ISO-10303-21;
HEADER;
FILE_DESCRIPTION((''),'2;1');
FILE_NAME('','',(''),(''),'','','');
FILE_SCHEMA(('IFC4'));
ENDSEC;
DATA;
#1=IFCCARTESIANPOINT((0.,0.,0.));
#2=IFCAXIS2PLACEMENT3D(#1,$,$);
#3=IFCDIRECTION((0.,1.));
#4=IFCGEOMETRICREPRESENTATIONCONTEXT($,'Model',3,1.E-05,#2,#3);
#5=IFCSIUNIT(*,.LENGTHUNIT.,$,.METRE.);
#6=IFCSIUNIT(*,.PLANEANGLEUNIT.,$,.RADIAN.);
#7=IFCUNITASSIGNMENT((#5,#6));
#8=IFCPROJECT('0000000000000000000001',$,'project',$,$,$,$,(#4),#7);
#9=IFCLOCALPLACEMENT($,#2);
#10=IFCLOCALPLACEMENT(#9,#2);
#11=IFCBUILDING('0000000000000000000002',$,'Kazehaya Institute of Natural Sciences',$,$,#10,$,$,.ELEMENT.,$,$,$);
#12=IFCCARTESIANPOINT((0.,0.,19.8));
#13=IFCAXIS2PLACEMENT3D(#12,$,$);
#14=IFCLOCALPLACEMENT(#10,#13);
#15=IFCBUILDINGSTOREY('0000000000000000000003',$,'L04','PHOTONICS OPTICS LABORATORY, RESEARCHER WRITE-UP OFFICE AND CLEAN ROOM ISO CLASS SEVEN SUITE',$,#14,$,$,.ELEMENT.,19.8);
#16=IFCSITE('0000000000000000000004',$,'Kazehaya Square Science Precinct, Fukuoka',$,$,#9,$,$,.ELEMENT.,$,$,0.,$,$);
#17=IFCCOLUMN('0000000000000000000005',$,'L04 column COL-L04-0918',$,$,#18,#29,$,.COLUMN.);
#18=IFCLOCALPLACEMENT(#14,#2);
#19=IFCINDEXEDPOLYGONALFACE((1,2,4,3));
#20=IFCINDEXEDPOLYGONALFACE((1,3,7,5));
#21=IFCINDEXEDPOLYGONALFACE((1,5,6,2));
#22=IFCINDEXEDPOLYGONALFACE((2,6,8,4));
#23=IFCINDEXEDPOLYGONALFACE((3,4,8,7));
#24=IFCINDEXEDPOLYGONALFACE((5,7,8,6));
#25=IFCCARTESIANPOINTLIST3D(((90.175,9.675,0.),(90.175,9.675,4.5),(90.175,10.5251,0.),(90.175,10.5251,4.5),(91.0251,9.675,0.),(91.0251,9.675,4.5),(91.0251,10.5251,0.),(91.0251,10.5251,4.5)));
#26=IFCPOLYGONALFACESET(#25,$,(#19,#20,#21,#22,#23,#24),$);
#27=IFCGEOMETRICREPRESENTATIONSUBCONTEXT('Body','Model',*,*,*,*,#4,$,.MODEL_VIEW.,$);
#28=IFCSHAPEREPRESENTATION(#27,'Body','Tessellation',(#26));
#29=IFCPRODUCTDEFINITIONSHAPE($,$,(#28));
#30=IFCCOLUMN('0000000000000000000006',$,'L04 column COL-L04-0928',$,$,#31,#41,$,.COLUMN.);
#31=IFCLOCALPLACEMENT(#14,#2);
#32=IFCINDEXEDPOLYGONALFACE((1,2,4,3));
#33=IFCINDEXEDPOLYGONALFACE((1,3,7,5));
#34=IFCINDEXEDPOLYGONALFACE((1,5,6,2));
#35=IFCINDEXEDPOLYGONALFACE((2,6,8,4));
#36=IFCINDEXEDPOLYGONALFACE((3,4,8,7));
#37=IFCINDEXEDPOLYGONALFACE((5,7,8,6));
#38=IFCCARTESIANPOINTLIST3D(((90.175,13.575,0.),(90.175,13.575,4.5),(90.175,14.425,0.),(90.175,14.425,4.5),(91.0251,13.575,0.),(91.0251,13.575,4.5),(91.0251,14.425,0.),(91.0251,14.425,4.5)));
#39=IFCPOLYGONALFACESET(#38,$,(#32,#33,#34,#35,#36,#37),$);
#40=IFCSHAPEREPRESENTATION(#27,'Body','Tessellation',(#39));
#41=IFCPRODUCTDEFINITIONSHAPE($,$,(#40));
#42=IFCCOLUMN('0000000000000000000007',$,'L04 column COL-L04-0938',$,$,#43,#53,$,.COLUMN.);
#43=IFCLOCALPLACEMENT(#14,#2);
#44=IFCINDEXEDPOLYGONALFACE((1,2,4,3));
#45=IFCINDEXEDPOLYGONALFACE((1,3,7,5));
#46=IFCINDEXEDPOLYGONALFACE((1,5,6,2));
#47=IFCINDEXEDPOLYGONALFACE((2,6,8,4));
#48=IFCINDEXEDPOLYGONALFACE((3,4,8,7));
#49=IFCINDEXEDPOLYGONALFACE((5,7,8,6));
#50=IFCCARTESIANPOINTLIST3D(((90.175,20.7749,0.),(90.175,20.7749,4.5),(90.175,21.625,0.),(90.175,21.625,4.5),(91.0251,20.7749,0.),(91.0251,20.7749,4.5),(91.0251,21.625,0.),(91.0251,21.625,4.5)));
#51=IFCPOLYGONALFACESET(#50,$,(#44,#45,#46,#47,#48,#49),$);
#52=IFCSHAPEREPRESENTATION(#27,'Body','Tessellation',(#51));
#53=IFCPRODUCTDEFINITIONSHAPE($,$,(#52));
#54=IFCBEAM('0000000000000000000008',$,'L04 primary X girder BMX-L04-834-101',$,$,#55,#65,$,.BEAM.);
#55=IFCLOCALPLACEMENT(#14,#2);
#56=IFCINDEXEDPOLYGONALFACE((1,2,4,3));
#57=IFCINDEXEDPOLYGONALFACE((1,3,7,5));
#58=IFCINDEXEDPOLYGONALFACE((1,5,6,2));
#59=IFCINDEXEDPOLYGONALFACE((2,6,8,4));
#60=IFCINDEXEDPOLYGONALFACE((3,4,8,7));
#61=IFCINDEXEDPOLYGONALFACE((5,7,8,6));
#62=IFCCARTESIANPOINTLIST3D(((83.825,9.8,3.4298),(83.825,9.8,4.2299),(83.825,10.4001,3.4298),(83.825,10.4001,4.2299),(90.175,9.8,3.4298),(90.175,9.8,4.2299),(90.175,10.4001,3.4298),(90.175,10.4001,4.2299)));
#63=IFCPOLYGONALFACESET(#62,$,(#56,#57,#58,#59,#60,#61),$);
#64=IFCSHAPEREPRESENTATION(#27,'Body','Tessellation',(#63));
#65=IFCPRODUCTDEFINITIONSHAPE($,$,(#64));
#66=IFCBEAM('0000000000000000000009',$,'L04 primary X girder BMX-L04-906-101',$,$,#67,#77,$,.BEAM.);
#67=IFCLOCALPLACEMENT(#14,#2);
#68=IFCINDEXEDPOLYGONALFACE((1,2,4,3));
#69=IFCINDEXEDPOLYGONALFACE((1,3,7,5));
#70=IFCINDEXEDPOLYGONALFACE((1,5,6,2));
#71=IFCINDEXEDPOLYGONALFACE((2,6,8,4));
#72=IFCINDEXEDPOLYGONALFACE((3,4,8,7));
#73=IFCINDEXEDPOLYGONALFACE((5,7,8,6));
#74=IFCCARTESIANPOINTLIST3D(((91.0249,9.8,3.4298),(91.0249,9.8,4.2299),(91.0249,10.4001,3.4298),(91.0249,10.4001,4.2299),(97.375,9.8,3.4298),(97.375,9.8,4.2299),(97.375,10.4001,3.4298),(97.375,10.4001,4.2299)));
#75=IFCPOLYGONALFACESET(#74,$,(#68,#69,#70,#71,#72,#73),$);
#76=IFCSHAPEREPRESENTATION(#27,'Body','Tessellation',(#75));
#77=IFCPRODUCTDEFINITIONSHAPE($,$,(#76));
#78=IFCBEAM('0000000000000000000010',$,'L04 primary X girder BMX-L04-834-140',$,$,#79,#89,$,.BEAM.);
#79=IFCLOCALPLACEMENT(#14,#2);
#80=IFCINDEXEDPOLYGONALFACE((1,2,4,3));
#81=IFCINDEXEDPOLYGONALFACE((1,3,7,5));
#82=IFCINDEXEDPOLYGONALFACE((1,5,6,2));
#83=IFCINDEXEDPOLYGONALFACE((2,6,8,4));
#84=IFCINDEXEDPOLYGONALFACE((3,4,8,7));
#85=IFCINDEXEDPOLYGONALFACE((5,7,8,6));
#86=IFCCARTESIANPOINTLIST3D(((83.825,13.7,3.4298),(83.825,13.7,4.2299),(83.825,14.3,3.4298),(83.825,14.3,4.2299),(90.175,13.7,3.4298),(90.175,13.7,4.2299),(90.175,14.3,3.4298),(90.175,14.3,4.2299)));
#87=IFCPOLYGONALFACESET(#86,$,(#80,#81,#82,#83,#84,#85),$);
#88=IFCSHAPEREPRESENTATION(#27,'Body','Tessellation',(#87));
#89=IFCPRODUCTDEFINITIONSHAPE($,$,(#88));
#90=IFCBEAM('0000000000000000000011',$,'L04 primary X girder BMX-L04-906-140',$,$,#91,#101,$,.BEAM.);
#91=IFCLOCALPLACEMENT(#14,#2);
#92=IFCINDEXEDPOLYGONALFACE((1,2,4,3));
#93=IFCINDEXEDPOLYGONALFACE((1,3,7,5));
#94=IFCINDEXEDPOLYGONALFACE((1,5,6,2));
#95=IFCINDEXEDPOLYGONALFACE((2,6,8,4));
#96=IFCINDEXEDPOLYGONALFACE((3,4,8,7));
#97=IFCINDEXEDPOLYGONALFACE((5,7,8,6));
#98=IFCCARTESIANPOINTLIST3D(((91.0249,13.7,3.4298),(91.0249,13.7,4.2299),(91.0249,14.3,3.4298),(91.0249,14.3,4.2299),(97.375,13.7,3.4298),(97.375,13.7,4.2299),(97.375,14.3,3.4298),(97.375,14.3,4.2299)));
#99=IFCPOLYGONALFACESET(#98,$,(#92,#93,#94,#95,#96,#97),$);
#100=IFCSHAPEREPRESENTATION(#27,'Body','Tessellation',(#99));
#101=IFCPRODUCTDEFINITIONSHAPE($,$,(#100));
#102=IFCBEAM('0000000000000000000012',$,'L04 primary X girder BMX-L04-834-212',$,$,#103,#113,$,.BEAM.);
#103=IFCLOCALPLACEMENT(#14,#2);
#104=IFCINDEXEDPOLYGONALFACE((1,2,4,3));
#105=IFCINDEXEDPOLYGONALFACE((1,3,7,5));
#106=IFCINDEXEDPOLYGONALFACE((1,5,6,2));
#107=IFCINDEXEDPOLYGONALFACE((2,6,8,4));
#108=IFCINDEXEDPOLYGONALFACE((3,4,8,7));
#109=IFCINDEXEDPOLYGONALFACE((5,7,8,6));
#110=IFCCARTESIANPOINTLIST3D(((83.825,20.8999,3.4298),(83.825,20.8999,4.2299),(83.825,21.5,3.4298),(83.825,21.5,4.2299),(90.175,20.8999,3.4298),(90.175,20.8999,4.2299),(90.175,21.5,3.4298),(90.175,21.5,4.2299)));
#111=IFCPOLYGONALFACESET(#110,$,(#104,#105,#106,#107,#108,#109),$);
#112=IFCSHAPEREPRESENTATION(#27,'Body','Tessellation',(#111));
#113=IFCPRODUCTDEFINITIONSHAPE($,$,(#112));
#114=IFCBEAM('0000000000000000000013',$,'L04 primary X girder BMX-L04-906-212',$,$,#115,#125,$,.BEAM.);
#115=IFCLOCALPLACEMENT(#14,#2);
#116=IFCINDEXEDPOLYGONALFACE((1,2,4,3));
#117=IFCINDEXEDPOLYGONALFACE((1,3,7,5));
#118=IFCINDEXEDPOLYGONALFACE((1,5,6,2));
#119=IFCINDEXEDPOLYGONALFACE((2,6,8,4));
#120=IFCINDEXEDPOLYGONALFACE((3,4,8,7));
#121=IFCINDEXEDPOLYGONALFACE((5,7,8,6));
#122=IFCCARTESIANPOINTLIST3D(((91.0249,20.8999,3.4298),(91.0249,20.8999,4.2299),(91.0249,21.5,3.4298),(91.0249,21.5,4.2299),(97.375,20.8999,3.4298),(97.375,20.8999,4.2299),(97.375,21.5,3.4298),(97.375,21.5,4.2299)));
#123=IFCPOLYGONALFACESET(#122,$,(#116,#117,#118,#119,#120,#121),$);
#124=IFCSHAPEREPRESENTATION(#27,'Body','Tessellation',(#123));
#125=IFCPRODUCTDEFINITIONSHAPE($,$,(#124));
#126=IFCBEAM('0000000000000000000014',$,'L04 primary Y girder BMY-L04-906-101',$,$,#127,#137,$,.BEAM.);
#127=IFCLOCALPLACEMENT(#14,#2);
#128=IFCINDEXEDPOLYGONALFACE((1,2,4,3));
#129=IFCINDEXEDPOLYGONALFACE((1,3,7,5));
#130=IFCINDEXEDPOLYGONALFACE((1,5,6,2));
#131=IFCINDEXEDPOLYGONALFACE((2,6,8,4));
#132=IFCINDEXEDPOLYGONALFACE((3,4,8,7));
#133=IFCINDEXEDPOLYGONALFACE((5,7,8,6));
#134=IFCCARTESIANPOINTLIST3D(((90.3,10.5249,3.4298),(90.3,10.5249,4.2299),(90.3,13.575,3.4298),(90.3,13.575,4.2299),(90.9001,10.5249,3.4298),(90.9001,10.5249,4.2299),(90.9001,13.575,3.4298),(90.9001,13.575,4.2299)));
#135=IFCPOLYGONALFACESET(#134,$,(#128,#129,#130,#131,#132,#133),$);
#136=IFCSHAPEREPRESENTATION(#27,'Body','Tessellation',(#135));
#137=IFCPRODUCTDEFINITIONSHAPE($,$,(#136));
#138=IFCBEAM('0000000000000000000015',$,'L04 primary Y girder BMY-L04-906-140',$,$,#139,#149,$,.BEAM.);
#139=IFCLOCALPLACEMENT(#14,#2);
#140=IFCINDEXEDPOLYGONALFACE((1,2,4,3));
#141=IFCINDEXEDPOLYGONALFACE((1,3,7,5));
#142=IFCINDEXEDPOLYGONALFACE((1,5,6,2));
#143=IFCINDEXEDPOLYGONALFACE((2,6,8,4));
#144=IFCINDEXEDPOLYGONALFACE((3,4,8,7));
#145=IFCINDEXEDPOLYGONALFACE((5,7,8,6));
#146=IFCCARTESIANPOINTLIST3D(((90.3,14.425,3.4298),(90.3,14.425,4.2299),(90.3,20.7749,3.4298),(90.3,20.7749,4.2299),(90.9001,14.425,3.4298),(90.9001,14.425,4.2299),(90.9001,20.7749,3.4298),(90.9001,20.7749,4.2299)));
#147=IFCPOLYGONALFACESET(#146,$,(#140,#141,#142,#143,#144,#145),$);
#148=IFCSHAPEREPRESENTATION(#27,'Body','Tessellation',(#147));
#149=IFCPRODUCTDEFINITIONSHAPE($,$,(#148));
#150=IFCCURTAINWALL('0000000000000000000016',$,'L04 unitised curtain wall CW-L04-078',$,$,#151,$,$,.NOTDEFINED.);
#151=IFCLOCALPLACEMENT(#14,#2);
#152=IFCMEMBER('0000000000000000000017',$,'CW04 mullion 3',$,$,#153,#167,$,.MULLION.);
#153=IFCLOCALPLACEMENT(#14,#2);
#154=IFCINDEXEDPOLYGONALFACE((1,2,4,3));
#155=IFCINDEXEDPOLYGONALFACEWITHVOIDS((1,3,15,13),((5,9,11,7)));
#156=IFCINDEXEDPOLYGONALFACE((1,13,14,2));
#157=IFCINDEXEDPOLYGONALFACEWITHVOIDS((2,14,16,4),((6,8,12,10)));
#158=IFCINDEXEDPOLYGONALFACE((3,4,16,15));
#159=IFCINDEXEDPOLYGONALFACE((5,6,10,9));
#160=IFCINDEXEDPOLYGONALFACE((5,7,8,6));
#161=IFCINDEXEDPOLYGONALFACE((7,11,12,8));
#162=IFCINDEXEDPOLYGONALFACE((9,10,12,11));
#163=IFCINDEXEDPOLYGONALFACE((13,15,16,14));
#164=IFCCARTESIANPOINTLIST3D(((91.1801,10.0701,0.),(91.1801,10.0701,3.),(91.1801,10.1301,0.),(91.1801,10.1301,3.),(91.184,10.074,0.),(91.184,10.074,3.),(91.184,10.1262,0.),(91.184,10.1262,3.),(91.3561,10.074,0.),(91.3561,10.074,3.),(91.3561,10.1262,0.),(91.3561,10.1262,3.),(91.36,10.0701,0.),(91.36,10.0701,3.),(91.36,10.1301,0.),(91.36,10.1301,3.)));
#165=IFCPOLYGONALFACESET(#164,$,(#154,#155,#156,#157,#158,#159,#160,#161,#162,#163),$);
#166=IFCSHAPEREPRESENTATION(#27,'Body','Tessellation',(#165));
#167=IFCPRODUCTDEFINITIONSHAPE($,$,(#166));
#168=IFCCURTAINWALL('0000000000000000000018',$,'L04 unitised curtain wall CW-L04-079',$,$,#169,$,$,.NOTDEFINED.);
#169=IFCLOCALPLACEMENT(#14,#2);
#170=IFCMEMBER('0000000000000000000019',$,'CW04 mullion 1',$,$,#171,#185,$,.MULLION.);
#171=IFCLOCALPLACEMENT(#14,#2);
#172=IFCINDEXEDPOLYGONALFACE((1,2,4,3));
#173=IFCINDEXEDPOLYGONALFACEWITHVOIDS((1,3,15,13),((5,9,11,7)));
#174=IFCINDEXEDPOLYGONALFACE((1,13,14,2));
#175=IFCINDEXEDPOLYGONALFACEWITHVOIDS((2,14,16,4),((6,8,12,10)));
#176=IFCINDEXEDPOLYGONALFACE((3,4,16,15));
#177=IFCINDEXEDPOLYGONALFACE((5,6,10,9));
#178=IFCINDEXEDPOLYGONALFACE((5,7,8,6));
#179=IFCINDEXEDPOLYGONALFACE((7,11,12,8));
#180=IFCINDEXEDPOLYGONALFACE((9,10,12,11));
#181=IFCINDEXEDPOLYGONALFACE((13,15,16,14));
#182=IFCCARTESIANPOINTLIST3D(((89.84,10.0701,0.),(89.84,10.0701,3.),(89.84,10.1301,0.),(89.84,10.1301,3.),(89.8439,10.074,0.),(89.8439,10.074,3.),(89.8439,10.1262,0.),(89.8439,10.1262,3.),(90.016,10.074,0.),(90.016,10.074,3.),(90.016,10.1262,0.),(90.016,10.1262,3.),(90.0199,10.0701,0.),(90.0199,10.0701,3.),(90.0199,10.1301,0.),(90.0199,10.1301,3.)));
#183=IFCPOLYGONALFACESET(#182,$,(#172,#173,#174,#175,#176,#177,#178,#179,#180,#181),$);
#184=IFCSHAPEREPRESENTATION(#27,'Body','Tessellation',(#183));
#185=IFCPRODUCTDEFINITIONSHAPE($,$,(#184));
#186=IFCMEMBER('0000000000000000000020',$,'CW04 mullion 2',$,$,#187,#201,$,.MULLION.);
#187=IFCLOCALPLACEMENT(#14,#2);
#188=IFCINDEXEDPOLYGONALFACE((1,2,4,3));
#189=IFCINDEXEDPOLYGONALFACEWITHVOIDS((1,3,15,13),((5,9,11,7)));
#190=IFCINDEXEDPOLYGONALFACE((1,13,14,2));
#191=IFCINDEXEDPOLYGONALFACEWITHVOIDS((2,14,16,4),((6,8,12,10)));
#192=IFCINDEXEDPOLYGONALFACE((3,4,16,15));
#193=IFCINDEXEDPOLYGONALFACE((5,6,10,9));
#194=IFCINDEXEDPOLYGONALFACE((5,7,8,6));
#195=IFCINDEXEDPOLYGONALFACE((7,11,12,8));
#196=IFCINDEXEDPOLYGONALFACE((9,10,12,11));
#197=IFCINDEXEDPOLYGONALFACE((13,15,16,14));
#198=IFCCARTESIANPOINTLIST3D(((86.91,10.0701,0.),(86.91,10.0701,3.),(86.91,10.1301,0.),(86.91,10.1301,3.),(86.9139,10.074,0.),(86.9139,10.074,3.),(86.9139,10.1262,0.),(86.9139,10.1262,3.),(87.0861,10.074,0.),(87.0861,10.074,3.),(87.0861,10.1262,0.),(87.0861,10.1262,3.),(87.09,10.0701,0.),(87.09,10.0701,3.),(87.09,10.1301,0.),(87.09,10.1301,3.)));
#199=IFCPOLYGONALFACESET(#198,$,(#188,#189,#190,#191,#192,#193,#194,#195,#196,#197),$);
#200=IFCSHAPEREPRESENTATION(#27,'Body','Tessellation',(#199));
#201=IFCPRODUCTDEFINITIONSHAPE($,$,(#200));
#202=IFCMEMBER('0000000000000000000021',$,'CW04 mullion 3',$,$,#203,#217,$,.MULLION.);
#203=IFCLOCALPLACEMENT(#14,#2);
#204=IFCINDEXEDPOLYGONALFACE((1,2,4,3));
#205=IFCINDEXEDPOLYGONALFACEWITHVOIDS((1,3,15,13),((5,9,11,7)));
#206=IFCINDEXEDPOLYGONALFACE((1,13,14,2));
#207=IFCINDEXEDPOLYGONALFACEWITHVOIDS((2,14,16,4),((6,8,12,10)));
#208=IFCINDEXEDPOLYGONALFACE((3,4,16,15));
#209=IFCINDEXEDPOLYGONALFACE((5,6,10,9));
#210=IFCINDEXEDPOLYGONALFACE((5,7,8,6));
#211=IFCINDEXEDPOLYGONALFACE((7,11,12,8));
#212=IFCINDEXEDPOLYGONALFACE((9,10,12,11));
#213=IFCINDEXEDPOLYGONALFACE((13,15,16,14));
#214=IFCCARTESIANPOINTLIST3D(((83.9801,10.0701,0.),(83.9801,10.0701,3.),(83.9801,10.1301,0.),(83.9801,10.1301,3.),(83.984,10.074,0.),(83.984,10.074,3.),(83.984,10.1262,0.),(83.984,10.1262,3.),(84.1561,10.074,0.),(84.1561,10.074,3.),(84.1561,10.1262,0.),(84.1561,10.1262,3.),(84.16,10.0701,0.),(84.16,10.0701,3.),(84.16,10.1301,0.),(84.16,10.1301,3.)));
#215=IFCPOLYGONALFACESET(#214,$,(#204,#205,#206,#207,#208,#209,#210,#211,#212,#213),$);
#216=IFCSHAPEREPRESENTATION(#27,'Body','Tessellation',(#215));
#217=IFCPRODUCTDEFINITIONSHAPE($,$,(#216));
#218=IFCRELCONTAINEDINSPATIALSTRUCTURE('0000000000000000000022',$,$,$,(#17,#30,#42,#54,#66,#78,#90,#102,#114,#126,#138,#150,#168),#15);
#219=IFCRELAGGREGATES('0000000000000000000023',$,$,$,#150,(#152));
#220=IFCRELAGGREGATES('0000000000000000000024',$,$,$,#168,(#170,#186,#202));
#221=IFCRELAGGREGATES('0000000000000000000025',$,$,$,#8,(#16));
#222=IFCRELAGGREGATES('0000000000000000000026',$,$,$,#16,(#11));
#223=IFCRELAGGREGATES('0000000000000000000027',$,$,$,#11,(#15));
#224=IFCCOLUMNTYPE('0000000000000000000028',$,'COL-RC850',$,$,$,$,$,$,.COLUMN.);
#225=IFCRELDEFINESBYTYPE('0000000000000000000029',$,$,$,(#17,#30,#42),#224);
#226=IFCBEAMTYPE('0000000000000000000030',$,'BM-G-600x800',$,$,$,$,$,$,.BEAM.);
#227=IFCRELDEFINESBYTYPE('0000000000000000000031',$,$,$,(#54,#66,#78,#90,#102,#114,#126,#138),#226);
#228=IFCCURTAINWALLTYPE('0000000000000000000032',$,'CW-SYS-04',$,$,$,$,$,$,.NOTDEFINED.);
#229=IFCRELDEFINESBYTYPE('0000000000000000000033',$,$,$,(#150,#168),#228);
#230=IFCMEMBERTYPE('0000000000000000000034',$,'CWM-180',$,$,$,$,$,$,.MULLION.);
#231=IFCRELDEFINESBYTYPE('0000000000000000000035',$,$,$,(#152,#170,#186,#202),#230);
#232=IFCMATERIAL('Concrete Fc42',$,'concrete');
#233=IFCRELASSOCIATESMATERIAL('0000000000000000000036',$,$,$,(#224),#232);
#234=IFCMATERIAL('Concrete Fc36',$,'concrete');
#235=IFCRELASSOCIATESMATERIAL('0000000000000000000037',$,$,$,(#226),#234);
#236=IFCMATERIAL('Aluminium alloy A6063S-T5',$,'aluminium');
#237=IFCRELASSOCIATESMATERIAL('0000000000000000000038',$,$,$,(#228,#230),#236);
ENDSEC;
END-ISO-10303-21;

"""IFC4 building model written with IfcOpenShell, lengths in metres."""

from ifc_helpers import new_model, si_unit, direction, frame, origin, origin_2d, place, context, subcontext, project, spatial, rectangle, hollow_rectangle, extrude, material, material_profile, profile_set, type_object, element, aggregate, save


model = new_model("IFC4")

# Units and contexts
model_context = context("Model", 3, precision=1e-05, world=origin(), true_north=direction((0.0, 1.0)))
body_context = subcontext(model_context, "Body", "Model", "MODEL_VIEW")
ifc_project = project(units=[si_unit("LENGTHUNIT", "METRE"), si_unit("PLANEANGLEUNIT", "RADIAN")], contexts=[model_context])

# Site, building, storey
site_placement = place(None, origin())
site = spatial("IfcSite", under=ifc_project, at=site_placement, Name="Kazehaya Square Science Precinct, Fukuoka", CompositionType="ELEMENT", RefElevation=0.0)
building_placement = place(site_placement, origin())
building = spatial("IfcBuilding", under=site, at=building_placement, Name="Kazehaya Institute of Natural Sciences", CompositionType="ELEMENT")
storey_placement = place(building_placement, frame((0.0, 0.0, 19.8)))
storey = spatial("IfcBuildingStorey", under=building, at=storey_placement, Name="L04", Description="PHOTONICS OPTICS LABORATORY, RESEARCHER WRITE-UP OFFICE AND CLEAN ROOM ISO CLASS SEVEN SUITE", CompositionType="ELEMENT", Elevation=19.8)

# Columns
ifc_material_1 = material(Name="Concrete Fc42", Category="concrete")
ifc_material_profile_1 = material_profile(ifc_material_1, rectangle(XDim=0.8501, YDim=0.8501, at=origin_2d()), Name="RC-850x850")
ifc_profile_set_1 = profile_set([ifc_material_profile_1], Name="Concrete Fc42")
column_type = type_object("IfcColumnType", Name="COL-RC850", PredefinedType="COLUMN", material=ifc_profile_set_1)
for number, where, z_axis, x_axis, name in (
    (1, (90.6001, 10.1001, 0.0), (0.0, 0.0, 1.0), (1.0, 0.0, 0.0), "L04 column COL-L04-0918"),
    (2, (90.6001, 14.0, 0.0), (0.0, 0.0, 1.0), (1.0, 0.0, 0.0), "L04 column COL-L04-0928"),
    (3, (90.6001, 21.2, 0.0), (0.0, 0.0, 1.0), (1.0, 0.0, 0.0), "L04 column COL-L04-0938"),
):
    element("IfcColumn", number, at=place(storey_placement, frame(where, z_axis=z_axis, x_axis=x_axis)), inside=storey, type_object=column_type, Name=name, PredefinedType="COLUMN", context=body_context, shape_type="SweptSolid", body=[
        extrude(rectangle(XDim=0.8501, YDim=0.8501, at=origin_2d()), origin(), (0.0, 0.0, 1.0), 4.5),
    ])

# Beams
ifc_material_2 = material(Name="Concrete Fc36", Category="concrete")
ifc_material_profile_2 = material_profile(ifc_material_2, rectangle(XDim=0.6001, YDim=0.8, at=origin_2d()), Name="RC-600x800")
ifc_profile_set_2 = profile_set([ifc_material_profile_2], Name="Concrete Fc36")
beam_type = type_object("IfcBeamType", Name="BM-G-600x800", PredefinedType="BEAM", material=ifc_profile_set_2)
for number, where, z_axis, x_axis, name in (
    (4, (83.825, 10.1001, 3.8298), (1.0, 0.0, 0.0), (0.0, 1.0, 0.0), "L04 primary X girder BMX-L04-834-101"),
    (5, (91.0249, 10.1001, 3.8298), (1.0, 0.0, 0.0), (0.0, 1.0, 0.0), "L04 primary X girder BMX-L04-906-101"),
    (6, (83.825, 14.0, 3.8298), (1.0, 0.0, 0.0), (0.0, 1.0, 0.0), "L04 primary X girder BMX-L04-834-140"),
    (7, (91.0249, 14.0, 3.8298), (1.0, 0.0, 0.0), (0.0, 1.0, 0.0), "L04 primary X girder BMX-L04-906-140"),
    (8, (83.825, 21.2, 3.8298), (1.0, 0.0, 0.0), (0.0, 1.0, 0.0), "L04 primary X girder BMX-L04-834-212"),
    (9, (91.0249, 21.2, 3.8298), (1.0, 0.0, 0.0), (0.0, 1.0, 0.0), "L04 primary X girder BMX-L04-906-212"),
):
    element("IfcBeam", number, at=place(storey_placement, frame(where, z_axis=z_axis, x_axis=x_axis)), inside=storey, type_object=beam_type, Name=name, PredefinedType="BEAM", context=body_context, shape_type="SweptSolid", body=[
        extrude(rectangle(XDim=0.6001, YDim=0.8, at=origin_2d()), origin(), (0.0, 0.0, 1.0), 6.3501),
    ])
beam_1_placement = place(storey_placement, frame((90.6001, 10.5249, 3.8298), z_axis=(0.0, 1.0, 0.0), x_axis=(-1.0, 0.0, 0.0)))
element("IfcBeam", 10, at=beam_1_placement, inside=storey, type_object=beam_type, Name="L04 primary Y girder BMY-L04-906-101", PredefinedType="BEAM", context=body_context, shape_type="SweptSolid", body=[
    extrude(rectangle(XDim=0.6001, YDim=0.8, at=origin_2d()), origin(), (0.0, 0.0, 1.0), 3.05),
])
beam_2_placement = place(storey_placement, frame((90.6001, 14.425, 3.8298), z_axis=(0.0, 1.0, 0.0), x_axis=(-1.0, 0.0, 0.0)))
element("IfcBeam", 11, at=beam_2_placement, inside=storey, type_object=beam_type, Name="L04 primary Y girder BMY-L04-906-140", PredefinedType="BEAM", context=body_context, shape_type="SweptSolid", body=[
    extrude(rectangle(XDim=0.6001, YDim=0.8, at=origin_2d()), origin(), (0.0, 0.0, 1.0), 6.3499),
])

# Curtain wall, member
ifc_material_3 = material(Name="Aluminium alloy A6063S-T5", Category="aluminium")
curtain_wall_type = type_object("IfcCurtainWallType", Name="CW-SYS-04", PredefinedType="NOTDEFINED", material=ifc_material_3)
curtain_wall_1_placement = place(storey_placement, origin())
curtain_wall_1 = element("IfcCurtainWall", 12, at=curtain_wall_1_placement, inside=storey, type_object=curtain_wall_type, Name="L04 unitised curtain wall CW-L04-078", PredefinedType="NOTDEFINED")
ifc_material_profile_3 = material_profile(ifc_material_3, hollow_rectangle(XDim=0.0601, YDim=0.1799, WallThickness=0.0039, at=origin_2d()), Name="ALU-60x180x4")
ifc_profile_set_3 = profile_set([ifc_material_profile_3], Name="Aluminium alloy A6063S-T5")
member_type_1 = type_object("IfcMemberType", Name="CWM-180", PredefinedType="MULLION", material=ifc_profile_set_3)
member_1_placement = place(storey_placement, frame((91.27, 10.1001, 0.0), z_axis=(0.0, 0.0, 1.0), x_axis=(0.0, -1.0, 0.0)))
member_1 = element("IfcMember", 13, at=member_1_placement, type_object=member_type_1, Name="CW04 mullion 3", PredefinedType="MULLION", context=body_context, shape_type="SweptSolid", body=[
    extrude(hollow_rectangle(XDim=0.0601, YDim=0.1799, WallThickness=0.0039, at=origin_2d()), origin(), (0.0, 0.0, 1.0), 3.0),
])

# Curtain wall, members
curtain_wall_2_placement = place(storey_placement, origin())
curtain_wall_2 = element("IfcCurtainWall", 14, at=curtain_wall_2_placement, inside=storey, type_object=curtain_wall_type, Name="L04 unitised curtain wall CW-L04-079", PredefinedType="NOTDEFINED")
member_2_placement = place(storey_placement, frame((89.9299, 10.1001, 0.0), z_axis=(0.0, 0.0, 1.0), x_axis=(0.0, -1.0, 0.0)))
member_2 = element("IfcMember", 15, at=member_2_placement, type_object=member_type_1, Name="CW04 mullion 1", PredefinedType="MULLION", context=body_context, shape_type="SweptSolid", body=[
    extrude(hollow_rectangle(XDim=0.0601, YDim=0.1799, WallThickness=0.0039, at=origin_2d()), origin(), (0.0, 0.0, 1.0), 3.0),
])
member_3_placement = place(storey_placement, frame((87.0, 10.1001, 0.0), z_axis=(0.0, 0.0, 1.0), x_axis=(0.0, -1.0, 0.0)))
member_3 = element("IfcMember", 16, at=member_3_placement, type_object=member_type_1, Name="CW04 mullion 2", PredefinedType="MULLION", context=body_context, shape_type="SweptSolid", body=[
    extrude(hollow_rectangle(XDim=0.0601, YDim=0.1799, WallThickness=0.0039, at=origin_2d()), origin(), (0.0, 0.0, 1.0), 3.0),
])
member_4_placement = place(storey_placement, frame((84.0701, 10.1001, 0.0), z_axis=(0.0, 0.0, 1.0), x_axis=(0.0, -1.0, 0.0)))
member_4 = element("IfcMember", 17, at=member_4_placement, type_object=member_type_1, Name="CW04 mullion 3", PredefinedType="MULLION", context=body_context, shape_type="SweptSolid", body=[
    extrude(hollow_rectangle(XDim=0.0601, YDim=0.1799, WallThickness=0.0039, at=origin_2d()), origin(), (0.0, 0.0, 1.0), 3.0),
])

aggregate(curtain_wall_1, [member_1])
aggregate(curtain_wall_2, [member_2, member_3, member_4])

save(model, "model.ifc")
